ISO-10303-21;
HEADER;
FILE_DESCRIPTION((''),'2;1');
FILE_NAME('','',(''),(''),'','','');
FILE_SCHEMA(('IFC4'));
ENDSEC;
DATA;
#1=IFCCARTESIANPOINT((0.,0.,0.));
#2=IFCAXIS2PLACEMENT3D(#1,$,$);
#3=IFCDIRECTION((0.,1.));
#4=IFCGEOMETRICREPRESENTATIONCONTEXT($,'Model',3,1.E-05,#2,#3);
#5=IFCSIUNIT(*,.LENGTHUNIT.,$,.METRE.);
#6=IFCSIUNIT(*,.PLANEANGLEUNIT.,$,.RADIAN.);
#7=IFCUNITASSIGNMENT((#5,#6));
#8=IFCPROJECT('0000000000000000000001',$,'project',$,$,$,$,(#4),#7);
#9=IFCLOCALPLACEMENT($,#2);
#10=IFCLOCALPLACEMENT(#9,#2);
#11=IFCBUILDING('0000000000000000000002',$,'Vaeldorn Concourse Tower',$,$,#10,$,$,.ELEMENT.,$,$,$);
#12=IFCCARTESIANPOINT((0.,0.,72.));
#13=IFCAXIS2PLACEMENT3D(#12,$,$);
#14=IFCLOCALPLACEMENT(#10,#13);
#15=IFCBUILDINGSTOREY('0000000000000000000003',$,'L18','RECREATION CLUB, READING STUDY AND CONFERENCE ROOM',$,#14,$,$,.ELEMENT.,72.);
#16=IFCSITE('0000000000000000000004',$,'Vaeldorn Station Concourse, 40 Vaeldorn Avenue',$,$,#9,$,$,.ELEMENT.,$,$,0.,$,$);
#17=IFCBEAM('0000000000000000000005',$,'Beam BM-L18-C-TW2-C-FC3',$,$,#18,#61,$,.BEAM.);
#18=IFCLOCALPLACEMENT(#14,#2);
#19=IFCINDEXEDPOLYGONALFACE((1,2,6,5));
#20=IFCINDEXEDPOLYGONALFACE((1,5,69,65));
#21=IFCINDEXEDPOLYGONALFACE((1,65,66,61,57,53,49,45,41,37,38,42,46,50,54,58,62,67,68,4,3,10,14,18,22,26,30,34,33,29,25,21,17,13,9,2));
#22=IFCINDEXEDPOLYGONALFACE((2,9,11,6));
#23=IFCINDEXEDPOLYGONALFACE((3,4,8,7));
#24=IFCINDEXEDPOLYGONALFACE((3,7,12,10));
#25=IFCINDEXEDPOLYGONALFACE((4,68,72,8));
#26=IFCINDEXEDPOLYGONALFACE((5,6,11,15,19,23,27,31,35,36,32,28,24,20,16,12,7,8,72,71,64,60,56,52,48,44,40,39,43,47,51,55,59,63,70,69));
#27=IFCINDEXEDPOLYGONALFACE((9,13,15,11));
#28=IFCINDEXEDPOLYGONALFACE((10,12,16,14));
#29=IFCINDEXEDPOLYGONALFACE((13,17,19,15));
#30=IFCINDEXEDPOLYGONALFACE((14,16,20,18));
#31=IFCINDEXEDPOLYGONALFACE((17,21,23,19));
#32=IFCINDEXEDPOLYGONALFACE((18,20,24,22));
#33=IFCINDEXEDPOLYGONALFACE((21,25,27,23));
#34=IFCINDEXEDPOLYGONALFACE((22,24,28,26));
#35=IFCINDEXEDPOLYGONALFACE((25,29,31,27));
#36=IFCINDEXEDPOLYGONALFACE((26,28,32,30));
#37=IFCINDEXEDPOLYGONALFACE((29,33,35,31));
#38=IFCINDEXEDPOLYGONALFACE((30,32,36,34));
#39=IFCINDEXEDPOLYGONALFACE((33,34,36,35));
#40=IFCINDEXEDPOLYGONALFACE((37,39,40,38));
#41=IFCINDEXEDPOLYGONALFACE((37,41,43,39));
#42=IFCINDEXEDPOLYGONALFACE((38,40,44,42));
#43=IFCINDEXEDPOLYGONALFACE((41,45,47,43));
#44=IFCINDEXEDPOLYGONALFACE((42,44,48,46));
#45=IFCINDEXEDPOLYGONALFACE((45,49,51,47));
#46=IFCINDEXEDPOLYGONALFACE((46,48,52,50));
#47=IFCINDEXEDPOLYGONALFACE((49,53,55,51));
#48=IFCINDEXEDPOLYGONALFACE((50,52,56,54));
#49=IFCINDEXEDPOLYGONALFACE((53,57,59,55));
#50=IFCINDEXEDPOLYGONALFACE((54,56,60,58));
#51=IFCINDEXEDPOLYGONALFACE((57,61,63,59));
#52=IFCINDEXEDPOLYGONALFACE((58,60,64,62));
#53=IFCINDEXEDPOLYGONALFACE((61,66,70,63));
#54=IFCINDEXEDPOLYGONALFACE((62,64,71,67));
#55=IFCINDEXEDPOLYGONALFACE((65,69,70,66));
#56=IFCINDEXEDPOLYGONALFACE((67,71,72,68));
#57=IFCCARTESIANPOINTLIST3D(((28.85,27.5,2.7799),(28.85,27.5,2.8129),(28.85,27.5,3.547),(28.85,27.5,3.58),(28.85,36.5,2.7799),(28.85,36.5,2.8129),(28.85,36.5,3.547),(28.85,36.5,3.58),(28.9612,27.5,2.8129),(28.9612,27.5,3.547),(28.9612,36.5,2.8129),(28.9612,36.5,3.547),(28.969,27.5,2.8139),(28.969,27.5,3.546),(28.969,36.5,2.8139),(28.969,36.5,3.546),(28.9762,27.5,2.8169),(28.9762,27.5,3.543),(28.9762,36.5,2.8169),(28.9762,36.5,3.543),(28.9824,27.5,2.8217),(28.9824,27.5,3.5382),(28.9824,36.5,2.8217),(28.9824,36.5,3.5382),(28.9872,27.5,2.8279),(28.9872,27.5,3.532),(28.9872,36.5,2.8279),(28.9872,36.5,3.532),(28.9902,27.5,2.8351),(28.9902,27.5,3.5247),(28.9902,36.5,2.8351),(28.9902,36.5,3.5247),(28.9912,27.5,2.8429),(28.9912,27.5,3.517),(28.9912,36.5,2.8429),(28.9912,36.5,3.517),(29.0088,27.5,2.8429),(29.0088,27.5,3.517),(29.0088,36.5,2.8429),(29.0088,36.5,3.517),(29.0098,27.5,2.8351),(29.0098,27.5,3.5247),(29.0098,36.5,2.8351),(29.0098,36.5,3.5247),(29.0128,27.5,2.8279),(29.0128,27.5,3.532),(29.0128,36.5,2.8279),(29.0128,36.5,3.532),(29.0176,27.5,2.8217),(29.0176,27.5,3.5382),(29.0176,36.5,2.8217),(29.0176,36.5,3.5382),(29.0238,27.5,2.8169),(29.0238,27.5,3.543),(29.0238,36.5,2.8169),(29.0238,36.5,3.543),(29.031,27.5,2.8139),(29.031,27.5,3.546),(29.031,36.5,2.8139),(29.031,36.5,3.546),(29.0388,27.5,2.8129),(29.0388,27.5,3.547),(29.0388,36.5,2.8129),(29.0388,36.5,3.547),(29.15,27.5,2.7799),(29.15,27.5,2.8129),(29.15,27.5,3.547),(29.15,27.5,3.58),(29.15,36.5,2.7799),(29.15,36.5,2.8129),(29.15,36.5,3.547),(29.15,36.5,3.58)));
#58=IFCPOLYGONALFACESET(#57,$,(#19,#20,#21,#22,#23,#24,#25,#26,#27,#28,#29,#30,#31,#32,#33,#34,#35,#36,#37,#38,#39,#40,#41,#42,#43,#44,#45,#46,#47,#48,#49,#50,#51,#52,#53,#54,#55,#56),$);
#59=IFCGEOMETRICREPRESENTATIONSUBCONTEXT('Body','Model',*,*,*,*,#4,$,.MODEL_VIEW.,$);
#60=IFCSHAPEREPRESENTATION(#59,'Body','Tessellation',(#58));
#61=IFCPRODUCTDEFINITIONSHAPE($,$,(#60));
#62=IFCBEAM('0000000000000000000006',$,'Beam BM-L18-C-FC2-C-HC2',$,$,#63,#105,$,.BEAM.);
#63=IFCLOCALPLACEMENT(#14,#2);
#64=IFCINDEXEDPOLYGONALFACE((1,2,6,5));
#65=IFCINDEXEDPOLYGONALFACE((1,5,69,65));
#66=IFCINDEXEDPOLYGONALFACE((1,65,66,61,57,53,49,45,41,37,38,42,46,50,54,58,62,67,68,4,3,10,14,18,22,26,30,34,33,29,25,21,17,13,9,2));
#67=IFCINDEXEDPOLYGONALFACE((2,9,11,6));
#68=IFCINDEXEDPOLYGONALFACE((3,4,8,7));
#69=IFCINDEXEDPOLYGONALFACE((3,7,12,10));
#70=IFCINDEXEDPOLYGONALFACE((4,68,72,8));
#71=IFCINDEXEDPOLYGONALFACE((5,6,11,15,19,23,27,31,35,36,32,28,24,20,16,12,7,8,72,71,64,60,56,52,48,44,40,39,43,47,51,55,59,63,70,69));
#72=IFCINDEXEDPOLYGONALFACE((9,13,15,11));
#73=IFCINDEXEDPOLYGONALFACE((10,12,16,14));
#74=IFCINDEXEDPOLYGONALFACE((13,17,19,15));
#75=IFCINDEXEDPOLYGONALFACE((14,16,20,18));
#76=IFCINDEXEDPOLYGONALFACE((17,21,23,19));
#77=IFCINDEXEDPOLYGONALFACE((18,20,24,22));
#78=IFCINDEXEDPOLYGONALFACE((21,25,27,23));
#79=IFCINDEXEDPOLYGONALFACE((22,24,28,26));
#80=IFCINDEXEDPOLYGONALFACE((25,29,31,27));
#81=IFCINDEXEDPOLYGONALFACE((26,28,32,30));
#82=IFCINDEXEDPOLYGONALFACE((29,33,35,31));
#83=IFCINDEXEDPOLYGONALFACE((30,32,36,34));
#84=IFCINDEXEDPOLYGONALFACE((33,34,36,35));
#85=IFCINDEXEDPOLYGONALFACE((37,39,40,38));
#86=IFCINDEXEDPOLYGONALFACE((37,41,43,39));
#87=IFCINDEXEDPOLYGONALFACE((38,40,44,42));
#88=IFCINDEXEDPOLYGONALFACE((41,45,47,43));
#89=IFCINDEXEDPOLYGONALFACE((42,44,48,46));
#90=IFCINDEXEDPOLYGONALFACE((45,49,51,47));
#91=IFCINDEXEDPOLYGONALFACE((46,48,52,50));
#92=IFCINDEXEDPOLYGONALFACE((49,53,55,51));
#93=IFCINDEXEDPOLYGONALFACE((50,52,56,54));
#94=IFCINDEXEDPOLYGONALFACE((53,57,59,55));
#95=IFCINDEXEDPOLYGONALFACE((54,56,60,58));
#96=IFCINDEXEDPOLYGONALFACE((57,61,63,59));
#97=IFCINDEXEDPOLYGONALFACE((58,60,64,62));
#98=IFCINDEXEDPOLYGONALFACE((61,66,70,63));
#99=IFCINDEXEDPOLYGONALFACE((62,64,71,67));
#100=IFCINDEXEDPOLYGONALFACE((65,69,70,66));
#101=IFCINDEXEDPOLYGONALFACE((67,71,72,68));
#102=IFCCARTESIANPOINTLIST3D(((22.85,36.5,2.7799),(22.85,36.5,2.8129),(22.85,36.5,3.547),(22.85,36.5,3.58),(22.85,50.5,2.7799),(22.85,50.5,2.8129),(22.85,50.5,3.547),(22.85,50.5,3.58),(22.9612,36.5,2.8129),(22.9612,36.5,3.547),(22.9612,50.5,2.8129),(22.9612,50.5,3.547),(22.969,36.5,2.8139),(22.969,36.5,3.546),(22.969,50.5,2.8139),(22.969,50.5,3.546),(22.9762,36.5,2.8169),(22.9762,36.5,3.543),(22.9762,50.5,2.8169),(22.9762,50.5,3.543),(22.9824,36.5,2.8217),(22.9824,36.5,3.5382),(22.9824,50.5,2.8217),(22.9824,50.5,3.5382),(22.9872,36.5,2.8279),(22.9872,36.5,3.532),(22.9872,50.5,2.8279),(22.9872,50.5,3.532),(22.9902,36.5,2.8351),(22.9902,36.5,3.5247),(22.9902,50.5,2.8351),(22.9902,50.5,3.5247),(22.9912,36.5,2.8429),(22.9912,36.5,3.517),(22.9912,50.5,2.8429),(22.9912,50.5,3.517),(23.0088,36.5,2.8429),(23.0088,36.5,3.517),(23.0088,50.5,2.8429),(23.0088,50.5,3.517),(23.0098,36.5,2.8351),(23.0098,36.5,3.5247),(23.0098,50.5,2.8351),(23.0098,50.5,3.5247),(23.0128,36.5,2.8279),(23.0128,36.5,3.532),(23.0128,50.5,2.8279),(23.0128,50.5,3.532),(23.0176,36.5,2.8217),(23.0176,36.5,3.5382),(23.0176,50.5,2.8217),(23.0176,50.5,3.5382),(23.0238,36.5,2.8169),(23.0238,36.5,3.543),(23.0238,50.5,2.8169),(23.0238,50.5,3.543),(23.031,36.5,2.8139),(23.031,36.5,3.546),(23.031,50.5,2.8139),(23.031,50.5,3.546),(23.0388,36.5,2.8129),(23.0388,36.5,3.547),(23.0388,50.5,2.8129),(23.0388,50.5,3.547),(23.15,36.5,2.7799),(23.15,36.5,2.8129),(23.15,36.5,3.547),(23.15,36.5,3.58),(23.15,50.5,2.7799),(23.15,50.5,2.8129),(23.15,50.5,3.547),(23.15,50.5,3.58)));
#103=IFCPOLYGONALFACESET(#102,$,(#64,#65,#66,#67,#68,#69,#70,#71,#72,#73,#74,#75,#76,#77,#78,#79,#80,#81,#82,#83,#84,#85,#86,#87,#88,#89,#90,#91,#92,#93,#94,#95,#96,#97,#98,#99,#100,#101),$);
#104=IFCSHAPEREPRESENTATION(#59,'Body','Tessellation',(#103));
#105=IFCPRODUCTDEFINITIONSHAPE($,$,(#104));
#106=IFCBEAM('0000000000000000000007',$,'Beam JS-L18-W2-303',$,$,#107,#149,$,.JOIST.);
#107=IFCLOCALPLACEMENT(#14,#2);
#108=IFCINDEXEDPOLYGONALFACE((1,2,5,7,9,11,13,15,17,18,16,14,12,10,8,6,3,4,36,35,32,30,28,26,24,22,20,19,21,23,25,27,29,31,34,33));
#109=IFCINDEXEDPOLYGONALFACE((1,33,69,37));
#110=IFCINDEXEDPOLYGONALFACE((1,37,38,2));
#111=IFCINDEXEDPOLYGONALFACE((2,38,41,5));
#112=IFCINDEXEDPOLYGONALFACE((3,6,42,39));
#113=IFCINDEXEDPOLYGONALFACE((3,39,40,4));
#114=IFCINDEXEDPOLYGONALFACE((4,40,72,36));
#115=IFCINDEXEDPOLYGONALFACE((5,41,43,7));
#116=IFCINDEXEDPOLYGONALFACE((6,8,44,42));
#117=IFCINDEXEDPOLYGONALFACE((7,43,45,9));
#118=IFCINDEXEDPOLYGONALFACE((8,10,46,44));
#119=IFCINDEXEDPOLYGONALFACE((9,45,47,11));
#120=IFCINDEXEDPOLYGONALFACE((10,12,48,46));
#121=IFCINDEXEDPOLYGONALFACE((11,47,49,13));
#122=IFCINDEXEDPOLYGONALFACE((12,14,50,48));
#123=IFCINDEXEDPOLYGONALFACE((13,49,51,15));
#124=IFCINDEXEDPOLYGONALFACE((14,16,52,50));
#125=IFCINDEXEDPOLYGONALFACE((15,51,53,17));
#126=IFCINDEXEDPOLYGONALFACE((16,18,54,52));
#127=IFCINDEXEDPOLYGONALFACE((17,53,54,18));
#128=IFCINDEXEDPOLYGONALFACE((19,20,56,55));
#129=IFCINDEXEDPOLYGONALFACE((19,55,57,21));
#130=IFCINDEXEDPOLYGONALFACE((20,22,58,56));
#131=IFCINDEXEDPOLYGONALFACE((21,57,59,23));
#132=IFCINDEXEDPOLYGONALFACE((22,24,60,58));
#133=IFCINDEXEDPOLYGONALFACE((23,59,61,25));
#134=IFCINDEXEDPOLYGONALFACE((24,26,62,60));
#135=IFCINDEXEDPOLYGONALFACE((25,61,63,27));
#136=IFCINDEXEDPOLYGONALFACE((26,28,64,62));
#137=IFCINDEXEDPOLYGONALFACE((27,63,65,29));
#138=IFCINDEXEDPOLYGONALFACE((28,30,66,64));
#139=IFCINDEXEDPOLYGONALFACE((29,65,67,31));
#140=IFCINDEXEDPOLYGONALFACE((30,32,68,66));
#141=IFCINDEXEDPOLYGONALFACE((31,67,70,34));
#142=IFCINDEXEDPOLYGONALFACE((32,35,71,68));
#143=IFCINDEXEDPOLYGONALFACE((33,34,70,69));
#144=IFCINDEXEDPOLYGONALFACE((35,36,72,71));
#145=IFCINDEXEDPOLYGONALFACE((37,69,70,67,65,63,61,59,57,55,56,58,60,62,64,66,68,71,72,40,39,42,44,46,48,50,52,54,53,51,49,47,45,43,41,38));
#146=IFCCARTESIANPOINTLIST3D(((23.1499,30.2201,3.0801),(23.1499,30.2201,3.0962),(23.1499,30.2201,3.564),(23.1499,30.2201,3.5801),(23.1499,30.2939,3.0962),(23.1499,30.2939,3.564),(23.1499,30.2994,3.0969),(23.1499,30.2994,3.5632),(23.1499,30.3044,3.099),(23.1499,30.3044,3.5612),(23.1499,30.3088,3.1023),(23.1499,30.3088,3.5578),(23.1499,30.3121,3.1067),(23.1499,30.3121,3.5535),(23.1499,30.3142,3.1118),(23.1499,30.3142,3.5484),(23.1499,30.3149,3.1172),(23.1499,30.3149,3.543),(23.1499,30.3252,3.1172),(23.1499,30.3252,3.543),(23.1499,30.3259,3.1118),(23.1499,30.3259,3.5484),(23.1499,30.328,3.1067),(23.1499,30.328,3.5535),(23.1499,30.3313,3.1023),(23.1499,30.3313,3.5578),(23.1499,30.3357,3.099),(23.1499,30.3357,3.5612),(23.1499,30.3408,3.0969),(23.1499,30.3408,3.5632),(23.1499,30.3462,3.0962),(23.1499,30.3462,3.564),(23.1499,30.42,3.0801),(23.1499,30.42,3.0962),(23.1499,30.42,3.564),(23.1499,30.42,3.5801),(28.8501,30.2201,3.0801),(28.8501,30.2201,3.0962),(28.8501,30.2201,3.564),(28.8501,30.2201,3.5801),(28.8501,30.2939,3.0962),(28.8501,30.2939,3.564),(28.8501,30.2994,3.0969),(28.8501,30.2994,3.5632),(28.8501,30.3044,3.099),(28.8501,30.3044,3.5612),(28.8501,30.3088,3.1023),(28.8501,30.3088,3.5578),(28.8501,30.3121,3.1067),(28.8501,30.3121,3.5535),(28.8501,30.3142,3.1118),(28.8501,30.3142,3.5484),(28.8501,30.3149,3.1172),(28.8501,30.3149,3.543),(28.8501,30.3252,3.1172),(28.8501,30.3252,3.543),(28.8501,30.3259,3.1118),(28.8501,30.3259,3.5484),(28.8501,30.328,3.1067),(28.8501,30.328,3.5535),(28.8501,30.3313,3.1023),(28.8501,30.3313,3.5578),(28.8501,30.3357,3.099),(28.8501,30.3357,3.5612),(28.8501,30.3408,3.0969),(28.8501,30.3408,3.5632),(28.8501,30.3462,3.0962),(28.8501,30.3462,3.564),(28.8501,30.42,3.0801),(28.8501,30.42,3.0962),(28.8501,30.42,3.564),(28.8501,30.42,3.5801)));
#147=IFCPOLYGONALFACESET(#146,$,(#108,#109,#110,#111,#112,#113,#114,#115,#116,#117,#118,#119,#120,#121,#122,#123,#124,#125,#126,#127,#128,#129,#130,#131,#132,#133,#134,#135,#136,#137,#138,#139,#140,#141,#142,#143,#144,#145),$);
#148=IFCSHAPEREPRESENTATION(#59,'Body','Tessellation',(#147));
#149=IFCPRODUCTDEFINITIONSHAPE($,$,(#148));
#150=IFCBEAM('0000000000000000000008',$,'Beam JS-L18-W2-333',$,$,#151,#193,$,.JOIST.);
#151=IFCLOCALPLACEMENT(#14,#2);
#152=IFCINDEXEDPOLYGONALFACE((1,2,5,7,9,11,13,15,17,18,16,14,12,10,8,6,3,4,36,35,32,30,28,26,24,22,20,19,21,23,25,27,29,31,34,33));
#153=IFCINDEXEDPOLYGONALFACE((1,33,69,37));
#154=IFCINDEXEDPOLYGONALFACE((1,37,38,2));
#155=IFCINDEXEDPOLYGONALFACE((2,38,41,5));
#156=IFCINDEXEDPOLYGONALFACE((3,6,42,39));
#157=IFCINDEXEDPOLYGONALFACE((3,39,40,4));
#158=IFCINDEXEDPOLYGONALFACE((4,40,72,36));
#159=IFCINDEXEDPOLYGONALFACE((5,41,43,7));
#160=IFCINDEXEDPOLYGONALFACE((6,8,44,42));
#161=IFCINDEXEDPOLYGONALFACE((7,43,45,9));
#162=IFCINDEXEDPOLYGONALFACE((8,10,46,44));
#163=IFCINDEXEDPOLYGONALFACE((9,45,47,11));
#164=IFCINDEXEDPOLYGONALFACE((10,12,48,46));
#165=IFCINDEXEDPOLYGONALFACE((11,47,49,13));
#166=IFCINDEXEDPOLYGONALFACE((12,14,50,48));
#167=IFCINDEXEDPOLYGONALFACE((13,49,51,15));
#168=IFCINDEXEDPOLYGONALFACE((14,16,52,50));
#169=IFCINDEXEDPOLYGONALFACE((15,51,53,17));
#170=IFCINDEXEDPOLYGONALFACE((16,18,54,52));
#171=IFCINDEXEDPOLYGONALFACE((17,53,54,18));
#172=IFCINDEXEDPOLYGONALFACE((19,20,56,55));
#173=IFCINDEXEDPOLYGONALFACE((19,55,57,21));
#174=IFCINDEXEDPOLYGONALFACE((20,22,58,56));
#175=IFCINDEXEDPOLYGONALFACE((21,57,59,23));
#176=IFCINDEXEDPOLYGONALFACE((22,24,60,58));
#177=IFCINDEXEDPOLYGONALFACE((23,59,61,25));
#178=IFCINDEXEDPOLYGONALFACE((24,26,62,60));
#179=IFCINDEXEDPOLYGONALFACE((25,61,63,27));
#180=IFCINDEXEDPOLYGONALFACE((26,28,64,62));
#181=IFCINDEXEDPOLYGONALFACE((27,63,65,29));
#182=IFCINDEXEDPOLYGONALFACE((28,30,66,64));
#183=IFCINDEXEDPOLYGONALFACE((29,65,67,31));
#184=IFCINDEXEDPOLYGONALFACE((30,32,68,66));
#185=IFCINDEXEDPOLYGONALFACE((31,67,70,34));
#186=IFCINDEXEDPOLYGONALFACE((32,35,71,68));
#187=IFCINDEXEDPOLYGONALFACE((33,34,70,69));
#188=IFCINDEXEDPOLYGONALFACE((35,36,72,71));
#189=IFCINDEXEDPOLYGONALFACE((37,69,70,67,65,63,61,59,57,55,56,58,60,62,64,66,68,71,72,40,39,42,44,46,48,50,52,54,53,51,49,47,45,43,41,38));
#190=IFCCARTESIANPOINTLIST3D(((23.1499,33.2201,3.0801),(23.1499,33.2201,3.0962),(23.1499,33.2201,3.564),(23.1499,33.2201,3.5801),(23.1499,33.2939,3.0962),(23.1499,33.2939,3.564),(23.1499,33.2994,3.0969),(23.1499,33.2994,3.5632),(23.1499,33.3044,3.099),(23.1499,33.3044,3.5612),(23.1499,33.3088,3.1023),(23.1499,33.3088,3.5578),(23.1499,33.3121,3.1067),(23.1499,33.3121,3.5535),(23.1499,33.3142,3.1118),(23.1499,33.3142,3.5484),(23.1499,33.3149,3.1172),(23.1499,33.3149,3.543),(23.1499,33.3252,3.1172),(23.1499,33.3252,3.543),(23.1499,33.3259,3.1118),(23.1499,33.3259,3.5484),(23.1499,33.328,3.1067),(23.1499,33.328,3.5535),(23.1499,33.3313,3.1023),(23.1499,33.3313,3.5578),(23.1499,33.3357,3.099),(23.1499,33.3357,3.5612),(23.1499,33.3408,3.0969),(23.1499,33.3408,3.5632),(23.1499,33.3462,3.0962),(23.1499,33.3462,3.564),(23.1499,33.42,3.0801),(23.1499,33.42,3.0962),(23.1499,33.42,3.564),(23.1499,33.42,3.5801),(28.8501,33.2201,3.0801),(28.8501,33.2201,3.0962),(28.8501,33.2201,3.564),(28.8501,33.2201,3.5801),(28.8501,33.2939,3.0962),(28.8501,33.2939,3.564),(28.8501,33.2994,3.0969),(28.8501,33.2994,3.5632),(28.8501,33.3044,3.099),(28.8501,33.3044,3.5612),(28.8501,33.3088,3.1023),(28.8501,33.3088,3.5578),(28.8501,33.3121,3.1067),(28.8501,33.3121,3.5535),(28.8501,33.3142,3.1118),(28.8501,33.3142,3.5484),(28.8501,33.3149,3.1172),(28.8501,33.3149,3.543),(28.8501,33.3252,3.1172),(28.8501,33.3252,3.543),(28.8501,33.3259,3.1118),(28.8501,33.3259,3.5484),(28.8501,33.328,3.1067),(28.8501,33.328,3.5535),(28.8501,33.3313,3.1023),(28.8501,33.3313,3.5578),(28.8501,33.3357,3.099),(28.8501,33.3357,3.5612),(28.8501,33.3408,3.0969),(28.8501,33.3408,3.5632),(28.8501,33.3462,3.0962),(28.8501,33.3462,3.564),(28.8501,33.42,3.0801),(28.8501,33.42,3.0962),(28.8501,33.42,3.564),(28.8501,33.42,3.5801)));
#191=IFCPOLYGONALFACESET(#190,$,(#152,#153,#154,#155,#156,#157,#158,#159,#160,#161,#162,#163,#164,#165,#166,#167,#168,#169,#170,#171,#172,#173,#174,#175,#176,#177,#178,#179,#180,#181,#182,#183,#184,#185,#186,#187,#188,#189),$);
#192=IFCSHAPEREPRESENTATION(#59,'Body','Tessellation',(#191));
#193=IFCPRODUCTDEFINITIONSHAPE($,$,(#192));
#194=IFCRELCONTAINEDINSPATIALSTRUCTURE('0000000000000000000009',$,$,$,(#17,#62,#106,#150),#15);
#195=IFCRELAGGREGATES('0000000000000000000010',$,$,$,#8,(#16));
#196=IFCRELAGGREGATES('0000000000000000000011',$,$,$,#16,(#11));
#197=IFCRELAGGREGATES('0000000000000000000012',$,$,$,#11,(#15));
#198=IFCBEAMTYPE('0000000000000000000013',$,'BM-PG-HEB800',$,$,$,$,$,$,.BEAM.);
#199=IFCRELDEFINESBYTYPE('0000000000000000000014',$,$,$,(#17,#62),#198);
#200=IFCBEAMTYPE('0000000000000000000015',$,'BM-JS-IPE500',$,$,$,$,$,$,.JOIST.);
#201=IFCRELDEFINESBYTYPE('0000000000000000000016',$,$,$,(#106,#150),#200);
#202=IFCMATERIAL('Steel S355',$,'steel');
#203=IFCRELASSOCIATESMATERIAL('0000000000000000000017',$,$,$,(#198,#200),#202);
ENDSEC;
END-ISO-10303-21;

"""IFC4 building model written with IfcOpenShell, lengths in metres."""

from ifc_helpers import new_model, si_unit, direction, frame, origin, origin_2d, place, context, subcontext, project, spatial, i_section, extrude, source, transform, mapped, material, material_profile, profile_set, type_object, element, save


model = new_model("IFC4")

# Units and contexts
model_context = context("Model", 3, precision=1e-05, world=origin(), true_north=direction((0.0, 1.0)))
body_context = subcontext(model_context, "Body", "Model", "MODEL_VIEW")
ifc_project = project(units=[si_unit("LENGTHUNIT", "METRE"), si_unit("PLANEANGLEUNIT", "RADIAN")], contexts=[model_context])

# Site, building, storey
site_placement = place(None, origin())
site = spatial("IfcSite", under=ifc_project, at=site_placement, Name="Vaeldorn Station Concourse, 40 Vaeldorn Avenue", CompositionType="ELEMENT", RefElevation=0.0)
building_placement = place(site_placement, origin())
building = spatial("IfcBuilding", under=site, at=building_placement, Name="Vaeldorn Concourse Tower", CompositionType="ELEMENT")
storey_placement = place(building_placement, frame((0.0, 0.0, 72.0)))
storey = spatial("IfcBuildingStorey", under=building, at=storey_placement, Name="L18", Description="RECREATION CLUB, READING STUDY AND CONFERENCE ROOM", CompositionType="ELEMENT", Elevation=72.0)

# Beams
ifc_material_1 = material(Name="Steel S355", Category="steel")
ifc_material_profile_1 = material_profile(ifc_material_1, i_section(OverallWidth=0.3, OverallDepth=0.8, WebThickness=0.0176, FlangeThickness=0.033, FilletRadius=0.03, at=origin_2d()), Name="HEB 800")
ifc_profile_set_1 = profile_set([ifc_material_profile_1], Name="Steel S355")
beam_type_1 = type_object("IfcBeamType", Name="BM-PG-HEB800", PredefinedType="BEAM", material=ifc_profile_set_1)
shared_shape_1 = source(origin(), body_context, "Body", "SweptSolid", [
    extrude(i_section(OverallWidth=0.3, OverallDepth=0.8, WebThickness=0.0176, FlangeThickness=0.033, FilletRadius=0.03, at=origin_2d()), origin(), (0.0, 0.0, 1.0), 9.0),
])
beam_1_placement = place(storey_placement, frame((29.0, 27.5, 3.1799), z_axis=(0.0, 1.0, 0.0), x_axis=(-1.0, 0.0, 0.0)))
element("IfcBeam", 1, at=beam_1_placement, inside=storey, type_object=beam_type_1, Name="Beam BM-L18-C-TW2-C-FC3", PredefinedType="BEAM", context=body_context, shape_type="MappedRepresentation", body=[
    mapped(shared_shape_1, transform((0.0, 0.0, 0.0), scale=1.0)),
])
shared_shape_2 = source(origin(), body_context, "Body", "SweptSolid", [
    extrude(i_section(OverallWidth=0.3, OverallDepth=0.8, WebThickness=0.0176, FlangeThickness=0.033, FilletRadius=0.03, at=origin_2d()), origin(), (0.0, 0.0, 1.0), 14.0),
])
beam_2_placement = place(storey_placement, frame((23.0, 36.5, 3.1799), z_axis=(0.0, 1.0, 0.0), x_axis=(-1.0, 0.0, 0.0)))
element("IfcBeam", 2, at=beam_2_placement, inside=storey, type_object=beam_type_1, Name="Beam BM-L18-C-FC2-C-HC2", PredefinedType="BEAM", context=body_context, shape_type="MappedRepresentation", body=[
    mapped(shared_shape_2, transform((0.0, 0.0, 0.0), scale=1.0)),
])
ifc_material_profile_2 = material_profile(ifc_material_1, i_section(OverallWidth=0.2, OverallDepth=0.5, WebThickness=0.0103, FlangeThickness=0.0161, FilletRadius=0.021, at=origin_2d()), Name="IPE 500")
ifc_profile_set_2 = profile_set([ifc_material_profile_2], Name="Steel S355")
beam_type_2 = type_object("IfcBeamType", Name="BM-JS-IPE500", PredefinedType="JOIST", material=ifc_profile_set_2)
shared_shape_3 = source(origin(), body_context, "Body", "SweptSolid", [
    extrude(i_section(OverallWidth=0.2, OverallDepth=0.5, WebThickness=0.0103, FlangeThickness=0.0161, FilletRadius=0.021, at=origin_2d()), origin(), (0.0, 0.0, 1.0), 5.7002),
])
for number, where, z_axis, x_axis, name in (
    (3, (23.1499, 30.3201, 3.3301), (1.0, 0.0, 0.0), (0.0, 1.0, 0.0), "Beam JS-L18-W2-303"),
    (4, (23.1499, 33.3201, 3.3301), (1.0, 0.0, 0.0), (0.0, 1.0, 0.0), "Beam JS-L18-W2-333"),
):
    element("IfcBeam", number, at=place(storey_placement, frame(where, z_axis=z_axis, x_axis=x_axis)), inside=storey, type_object=beam_type_2, Name=name, PredefinedType="JOIST", context=body_context, shape_type="MappedRepresentation", body=[
        mapped(shared_shape_3, transform((0.0, 0.0, 0.0), scale=1.0)),
    ])

save(model, "model.ifc")
